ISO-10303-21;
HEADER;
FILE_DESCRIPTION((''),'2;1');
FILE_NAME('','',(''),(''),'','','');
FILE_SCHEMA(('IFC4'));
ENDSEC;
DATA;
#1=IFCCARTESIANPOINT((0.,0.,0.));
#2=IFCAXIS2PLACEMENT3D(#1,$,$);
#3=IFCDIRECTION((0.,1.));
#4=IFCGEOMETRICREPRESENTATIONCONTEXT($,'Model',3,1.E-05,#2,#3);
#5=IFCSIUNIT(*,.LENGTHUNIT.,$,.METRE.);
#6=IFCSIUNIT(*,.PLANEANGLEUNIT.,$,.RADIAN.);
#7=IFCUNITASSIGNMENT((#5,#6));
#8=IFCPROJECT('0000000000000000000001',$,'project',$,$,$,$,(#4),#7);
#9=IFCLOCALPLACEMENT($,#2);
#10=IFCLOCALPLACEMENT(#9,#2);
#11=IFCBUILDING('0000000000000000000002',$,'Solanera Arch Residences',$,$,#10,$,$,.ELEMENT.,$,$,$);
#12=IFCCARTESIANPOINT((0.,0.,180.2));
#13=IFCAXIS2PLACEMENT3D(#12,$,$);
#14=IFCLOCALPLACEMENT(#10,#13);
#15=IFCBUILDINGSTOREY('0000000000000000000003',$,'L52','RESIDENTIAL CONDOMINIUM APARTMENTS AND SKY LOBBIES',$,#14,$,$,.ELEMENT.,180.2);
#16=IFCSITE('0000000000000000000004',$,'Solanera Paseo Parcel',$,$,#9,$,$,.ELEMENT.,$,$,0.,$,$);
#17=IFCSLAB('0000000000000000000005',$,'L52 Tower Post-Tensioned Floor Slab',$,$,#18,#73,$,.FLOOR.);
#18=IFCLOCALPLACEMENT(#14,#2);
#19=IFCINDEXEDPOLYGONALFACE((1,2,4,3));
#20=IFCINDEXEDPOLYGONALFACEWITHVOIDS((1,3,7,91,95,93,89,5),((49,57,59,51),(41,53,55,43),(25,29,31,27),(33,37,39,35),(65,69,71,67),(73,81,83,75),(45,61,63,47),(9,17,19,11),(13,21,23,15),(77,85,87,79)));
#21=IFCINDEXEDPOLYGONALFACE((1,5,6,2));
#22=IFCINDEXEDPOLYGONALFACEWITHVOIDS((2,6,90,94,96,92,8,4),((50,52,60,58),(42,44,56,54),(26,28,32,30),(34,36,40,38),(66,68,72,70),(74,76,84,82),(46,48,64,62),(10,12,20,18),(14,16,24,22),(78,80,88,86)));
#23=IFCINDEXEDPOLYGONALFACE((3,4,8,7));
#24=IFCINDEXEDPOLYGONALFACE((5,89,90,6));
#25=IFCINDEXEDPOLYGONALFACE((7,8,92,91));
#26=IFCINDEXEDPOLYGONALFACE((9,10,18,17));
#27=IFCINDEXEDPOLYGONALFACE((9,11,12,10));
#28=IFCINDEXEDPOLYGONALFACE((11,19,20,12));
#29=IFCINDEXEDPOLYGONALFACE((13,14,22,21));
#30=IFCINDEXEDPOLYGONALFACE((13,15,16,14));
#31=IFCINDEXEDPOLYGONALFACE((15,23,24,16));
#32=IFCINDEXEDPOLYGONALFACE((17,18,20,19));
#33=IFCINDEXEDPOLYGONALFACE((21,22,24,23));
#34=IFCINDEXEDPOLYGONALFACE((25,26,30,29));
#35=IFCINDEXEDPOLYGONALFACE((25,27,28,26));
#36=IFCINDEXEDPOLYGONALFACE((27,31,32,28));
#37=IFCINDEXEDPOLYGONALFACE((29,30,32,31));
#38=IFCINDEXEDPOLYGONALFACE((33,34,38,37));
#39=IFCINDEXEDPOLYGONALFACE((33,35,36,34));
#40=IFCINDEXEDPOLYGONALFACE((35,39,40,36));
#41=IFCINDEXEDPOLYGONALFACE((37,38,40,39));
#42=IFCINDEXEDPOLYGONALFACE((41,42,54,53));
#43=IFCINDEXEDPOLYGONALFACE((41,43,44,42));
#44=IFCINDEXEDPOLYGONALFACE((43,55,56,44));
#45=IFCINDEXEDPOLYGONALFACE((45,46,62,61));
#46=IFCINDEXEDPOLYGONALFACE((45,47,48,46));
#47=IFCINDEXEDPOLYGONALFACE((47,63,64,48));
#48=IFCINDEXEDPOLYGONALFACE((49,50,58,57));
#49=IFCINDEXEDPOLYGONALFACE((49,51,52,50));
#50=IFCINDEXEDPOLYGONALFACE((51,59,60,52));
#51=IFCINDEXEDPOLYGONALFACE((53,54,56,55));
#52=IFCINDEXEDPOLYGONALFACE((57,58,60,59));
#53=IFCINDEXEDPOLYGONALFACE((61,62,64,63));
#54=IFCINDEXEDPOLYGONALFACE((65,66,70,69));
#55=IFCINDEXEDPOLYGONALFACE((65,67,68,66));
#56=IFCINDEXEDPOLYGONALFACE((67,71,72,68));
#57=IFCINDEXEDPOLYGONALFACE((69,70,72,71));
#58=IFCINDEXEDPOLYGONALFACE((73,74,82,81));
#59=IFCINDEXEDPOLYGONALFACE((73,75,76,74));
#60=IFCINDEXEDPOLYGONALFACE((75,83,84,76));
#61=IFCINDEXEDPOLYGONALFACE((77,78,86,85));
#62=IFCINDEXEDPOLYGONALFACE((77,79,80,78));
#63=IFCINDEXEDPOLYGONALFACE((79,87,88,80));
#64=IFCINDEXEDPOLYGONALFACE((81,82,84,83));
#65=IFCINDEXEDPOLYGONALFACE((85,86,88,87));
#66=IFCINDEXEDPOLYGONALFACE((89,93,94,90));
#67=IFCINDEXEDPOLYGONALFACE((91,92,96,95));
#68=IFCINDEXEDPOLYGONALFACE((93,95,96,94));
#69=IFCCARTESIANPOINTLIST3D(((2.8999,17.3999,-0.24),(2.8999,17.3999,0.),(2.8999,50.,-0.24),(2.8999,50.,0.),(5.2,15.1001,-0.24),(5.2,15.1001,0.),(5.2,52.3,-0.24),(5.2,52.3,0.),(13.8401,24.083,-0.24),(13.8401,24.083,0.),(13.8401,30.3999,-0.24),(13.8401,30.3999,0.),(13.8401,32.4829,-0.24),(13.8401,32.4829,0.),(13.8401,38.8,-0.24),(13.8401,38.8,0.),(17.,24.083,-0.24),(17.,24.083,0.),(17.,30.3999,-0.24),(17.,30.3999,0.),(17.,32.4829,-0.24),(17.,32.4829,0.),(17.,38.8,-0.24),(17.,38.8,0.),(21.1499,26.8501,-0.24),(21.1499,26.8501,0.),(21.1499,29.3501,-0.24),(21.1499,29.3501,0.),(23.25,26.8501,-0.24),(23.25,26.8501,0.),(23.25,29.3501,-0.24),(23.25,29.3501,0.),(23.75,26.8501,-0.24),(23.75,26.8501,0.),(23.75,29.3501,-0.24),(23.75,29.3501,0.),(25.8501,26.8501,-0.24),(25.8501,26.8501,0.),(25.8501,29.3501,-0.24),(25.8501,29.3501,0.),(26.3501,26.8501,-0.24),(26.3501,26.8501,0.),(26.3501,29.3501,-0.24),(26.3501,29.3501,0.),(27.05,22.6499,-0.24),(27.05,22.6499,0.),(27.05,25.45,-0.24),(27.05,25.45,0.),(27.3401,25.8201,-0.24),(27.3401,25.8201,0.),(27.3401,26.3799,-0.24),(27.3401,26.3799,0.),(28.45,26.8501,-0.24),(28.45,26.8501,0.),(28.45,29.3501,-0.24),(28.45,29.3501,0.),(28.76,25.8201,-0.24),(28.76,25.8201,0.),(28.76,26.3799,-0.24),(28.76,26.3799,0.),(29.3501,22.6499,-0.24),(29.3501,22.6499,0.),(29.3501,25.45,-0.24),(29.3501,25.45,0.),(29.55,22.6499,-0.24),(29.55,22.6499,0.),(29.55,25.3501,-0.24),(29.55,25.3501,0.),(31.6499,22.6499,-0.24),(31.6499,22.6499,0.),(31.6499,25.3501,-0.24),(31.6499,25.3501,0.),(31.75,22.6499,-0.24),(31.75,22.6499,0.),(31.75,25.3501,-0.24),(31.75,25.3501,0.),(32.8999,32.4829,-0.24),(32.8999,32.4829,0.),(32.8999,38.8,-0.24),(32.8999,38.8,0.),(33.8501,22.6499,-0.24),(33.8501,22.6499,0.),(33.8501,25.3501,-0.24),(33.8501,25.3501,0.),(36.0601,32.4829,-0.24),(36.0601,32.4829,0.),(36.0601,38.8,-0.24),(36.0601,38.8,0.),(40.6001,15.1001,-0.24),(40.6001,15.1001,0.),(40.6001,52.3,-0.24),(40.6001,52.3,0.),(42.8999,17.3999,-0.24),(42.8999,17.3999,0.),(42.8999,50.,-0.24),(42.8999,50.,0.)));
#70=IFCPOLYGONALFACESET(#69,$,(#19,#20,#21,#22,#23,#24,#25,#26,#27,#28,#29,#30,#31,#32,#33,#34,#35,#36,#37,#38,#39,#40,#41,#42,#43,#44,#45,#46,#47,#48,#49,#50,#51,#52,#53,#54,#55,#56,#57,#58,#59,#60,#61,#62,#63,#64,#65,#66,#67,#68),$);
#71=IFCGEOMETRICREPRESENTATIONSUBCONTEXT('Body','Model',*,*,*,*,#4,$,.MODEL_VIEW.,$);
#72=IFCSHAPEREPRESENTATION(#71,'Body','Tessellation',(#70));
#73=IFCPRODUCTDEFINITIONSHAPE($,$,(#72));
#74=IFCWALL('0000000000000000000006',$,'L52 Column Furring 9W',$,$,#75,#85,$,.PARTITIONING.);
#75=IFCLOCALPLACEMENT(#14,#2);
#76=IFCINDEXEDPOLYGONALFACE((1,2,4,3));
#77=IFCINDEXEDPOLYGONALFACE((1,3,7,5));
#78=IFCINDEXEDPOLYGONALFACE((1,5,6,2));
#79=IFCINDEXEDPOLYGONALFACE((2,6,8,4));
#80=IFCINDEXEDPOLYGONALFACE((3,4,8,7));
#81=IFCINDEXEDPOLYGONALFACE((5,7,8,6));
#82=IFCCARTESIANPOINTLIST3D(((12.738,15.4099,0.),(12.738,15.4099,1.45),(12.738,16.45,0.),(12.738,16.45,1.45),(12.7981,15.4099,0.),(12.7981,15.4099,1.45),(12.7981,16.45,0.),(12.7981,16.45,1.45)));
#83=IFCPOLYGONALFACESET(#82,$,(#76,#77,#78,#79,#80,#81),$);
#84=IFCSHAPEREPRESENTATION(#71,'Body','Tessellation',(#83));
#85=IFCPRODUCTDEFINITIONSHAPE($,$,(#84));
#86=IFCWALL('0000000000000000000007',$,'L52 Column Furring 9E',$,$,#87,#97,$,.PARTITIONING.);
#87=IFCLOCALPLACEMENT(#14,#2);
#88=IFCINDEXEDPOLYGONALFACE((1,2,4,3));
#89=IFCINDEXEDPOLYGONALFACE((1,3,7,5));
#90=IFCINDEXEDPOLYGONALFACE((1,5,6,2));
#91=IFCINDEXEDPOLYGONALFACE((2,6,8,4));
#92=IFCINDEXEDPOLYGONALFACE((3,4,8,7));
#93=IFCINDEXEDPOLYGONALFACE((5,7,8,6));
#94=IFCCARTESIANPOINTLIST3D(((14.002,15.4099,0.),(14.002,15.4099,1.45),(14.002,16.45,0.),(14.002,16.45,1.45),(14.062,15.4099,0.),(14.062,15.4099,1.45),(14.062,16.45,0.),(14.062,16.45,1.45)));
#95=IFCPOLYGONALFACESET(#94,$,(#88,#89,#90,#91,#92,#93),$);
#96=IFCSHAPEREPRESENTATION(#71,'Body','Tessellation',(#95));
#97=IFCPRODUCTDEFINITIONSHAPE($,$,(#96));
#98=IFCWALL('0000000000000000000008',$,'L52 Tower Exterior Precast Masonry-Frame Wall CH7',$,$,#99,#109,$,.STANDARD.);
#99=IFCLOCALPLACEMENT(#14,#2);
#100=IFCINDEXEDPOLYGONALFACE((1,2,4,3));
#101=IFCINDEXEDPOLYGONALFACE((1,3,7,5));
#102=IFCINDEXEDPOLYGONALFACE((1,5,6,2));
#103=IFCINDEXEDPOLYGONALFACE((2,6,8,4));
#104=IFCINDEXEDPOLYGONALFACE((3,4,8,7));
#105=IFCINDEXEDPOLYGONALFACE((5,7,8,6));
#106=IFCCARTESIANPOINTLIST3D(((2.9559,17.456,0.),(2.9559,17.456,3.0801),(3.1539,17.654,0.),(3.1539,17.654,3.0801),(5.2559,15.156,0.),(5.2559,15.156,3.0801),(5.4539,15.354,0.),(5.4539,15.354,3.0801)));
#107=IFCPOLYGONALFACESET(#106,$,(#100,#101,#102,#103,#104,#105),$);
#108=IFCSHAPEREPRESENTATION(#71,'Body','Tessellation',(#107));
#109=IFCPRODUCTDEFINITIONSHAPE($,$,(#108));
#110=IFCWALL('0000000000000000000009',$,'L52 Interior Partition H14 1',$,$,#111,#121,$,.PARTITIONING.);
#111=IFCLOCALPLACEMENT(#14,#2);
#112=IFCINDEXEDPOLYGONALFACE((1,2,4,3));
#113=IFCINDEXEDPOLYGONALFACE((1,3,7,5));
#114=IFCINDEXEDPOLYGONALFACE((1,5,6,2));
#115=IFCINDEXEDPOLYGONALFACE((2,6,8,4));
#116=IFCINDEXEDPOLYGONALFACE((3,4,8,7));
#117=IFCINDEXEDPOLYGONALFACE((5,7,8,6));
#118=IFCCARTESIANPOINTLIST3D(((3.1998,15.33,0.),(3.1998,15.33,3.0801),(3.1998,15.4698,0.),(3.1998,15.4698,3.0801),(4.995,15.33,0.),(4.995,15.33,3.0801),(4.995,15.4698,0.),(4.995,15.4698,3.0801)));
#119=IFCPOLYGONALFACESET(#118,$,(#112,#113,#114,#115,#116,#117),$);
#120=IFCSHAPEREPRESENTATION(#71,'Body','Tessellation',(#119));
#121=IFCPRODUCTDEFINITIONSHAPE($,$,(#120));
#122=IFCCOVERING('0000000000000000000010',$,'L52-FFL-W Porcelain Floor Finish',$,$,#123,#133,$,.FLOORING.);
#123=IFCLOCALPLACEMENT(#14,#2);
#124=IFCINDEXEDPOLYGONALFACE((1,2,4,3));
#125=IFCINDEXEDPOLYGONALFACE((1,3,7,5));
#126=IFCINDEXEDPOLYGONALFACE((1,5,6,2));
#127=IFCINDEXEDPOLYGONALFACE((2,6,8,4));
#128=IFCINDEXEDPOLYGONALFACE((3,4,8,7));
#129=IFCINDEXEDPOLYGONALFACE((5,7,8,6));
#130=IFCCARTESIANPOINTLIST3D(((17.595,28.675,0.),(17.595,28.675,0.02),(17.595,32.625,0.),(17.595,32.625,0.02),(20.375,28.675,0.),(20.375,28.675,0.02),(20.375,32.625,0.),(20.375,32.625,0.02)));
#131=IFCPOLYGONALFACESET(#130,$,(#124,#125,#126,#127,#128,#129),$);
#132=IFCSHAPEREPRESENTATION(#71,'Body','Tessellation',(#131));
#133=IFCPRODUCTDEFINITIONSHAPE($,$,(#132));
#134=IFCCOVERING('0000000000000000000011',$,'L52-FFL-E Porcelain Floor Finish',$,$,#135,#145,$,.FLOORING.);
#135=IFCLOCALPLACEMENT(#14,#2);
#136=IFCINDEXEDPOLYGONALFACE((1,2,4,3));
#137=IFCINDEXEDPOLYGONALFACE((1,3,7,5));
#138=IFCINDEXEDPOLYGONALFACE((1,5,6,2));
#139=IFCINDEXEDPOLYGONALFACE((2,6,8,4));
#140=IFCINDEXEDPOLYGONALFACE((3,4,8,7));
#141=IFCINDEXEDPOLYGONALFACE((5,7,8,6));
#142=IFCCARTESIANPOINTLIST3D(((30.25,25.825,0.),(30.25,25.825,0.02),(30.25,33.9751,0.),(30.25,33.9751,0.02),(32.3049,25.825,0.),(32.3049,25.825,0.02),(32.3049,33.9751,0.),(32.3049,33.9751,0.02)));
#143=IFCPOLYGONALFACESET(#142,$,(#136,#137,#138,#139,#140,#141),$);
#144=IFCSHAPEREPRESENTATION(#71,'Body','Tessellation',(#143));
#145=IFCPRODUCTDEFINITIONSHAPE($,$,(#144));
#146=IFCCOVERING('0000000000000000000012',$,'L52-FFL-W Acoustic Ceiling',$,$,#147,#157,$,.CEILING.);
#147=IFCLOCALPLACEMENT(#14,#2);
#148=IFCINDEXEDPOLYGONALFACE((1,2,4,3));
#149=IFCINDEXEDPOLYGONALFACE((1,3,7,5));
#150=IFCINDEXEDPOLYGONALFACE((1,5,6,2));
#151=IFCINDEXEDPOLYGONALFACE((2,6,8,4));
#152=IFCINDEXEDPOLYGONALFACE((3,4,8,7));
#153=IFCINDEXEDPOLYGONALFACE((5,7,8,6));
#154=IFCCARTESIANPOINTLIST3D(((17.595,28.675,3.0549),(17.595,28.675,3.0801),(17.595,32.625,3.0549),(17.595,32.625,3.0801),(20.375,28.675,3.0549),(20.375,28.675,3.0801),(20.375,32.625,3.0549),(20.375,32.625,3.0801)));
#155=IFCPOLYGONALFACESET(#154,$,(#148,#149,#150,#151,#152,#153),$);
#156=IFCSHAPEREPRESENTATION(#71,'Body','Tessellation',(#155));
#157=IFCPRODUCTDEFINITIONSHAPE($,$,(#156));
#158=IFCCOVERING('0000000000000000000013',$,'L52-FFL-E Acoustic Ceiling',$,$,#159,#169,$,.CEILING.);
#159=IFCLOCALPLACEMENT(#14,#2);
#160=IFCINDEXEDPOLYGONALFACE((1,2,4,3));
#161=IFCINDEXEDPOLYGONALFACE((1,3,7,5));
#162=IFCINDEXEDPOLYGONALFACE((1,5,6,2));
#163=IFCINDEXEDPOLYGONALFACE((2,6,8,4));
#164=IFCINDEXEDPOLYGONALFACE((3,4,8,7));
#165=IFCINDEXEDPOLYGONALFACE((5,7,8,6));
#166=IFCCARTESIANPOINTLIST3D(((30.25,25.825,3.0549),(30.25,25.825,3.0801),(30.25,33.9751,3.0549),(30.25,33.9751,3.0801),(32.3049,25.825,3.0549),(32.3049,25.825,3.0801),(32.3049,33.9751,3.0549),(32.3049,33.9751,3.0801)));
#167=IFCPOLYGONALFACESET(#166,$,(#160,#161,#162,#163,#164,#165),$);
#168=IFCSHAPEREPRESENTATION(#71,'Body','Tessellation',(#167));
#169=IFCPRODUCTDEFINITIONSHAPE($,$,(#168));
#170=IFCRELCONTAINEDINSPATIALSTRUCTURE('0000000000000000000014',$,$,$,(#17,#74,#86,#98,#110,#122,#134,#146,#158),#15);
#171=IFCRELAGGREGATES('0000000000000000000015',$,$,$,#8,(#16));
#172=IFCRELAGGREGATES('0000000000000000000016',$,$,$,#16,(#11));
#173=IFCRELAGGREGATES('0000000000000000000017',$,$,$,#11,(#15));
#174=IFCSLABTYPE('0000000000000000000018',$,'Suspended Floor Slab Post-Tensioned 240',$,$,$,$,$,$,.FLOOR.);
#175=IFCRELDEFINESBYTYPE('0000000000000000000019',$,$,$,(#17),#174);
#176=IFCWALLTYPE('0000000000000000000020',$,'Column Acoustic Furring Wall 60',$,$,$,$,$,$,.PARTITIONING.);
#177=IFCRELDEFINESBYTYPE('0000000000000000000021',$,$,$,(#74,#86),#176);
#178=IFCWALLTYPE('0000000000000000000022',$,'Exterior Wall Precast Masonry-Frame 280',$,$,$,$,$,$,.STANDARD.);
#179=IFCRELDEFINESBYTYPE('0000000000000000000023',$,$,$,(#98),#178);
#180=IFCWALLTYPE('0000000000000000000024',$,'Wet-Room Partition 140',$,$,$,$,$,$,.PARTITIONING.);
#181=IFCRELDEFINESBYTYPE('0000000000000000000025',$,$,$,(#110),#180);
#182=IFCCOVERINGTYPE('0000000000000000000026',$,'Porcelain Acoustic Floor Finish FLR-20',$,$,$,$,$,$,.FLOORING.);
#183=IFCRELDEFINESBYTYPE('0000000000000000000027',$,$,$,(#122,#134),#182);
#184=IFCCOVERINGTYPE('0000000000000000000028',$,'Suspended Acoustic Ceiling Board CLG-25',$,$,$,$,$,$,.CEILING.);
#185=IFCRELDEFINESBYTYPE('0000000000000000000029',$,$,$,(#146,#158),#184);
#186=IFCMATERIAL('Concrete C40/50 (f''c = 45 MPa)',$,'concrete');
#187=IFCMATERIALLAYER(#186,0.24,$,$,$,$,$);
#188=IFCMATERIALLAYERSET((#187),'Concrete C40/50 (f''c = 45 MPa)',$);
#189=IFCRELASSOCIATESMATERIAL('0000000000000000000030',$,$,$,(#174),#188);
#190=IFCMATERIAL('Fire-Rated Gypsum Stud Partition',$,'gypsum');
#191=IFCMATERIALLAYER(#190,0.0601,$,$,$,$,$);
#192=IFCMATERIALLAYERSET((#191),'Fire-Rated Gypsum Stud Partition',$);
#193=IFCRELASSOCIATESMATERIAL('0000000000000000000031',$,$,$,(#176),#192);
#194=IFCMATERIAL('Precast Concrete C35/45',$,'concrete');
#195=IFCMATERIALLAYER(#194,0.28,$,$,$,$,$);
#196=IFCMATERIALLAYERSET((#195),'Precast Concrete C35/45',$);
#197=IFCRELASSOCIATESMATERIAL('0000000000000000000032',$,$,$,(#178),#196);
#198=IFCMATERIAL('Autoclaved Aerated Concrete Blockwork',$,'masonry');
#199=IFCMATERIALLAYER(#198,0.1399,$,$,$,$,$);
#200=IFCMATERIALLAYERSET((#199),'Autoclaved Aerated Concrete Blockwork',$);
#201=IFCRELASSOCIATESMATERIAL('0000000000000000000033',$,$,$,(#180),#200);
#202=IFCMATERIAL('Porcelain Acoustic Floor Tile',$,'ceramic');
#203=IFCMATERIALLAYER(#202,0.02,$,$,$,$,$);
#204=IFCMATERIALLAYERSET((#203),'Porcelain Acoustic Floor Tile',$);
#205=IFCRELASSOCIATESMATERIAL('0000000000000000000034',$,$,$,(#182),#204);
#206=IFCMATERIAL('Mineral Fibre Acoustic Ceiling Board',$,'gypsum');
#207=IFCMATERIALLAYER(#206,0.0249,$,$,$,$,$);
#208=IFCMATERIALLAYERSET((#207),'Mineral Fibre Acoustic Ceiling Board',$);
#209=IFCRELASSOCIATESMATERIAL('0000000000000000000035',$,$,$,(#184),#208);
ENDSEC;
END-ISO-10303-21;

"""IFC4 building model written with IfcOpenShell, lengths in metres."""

from ifc_helpers import new_model, si_unit, direction, frame, frame_2d, origin, place, context, subcontext, project, spatial, polyline, rectangle, outline, extrude, material, layer, layer_set, type_object, element, save


model = new_model("IFC4")

# Units and contexts
model_context = context("Model", 3, precision=1e-05, world=origin(), true_north=direction((0.0, 1.0)))
body_context = subcontext(model_context, "Body", "Model", "MODEL_VIEW")
ifc_project = project(units=[si_unit("LENGTHUNIT", "METRE"), si_unit("PLANEANGLEUNIT", "RADIAN")], contexts=[model_context])

# Site, building, storey
site_placement = place(None, origin())
site = spatial("IfcSite", under=ifc_project, at=site_placement, Name="Solanera Paseo Parcel", CompositionType="ELEMENT", RefElevation=0.0)
building_placement = place(site_placement, origin())
building = spatial("IfcBuilding", under=site, at=building_placement, Name="Solanera Arch Residences", CompositionType="ELEMENT")
storey_placement = place(building_placement, frame((0.0, 0.0, 180.2)))
storey = spatial("IfcBuildingStorey", under=building, at=storey_placement, Name="L52", Description="RESIDENTIAL CONDOMINIUM APARTMENTS AND SKY LOBBIES", CompositionType="ELEMENT", Elevation=180.2)

# Slab
ifc_material_1 = material(Name="Concrete C40/50 (f'c = 45 MPa)", Category="concrete")
ifc_layer_1 = layer(ifc_material_1, 0.24)
ifc_layer_set_1 = layer_set([ifc_layer_1], Name="Concrete C40/50 (f'c = 45 MPa)")
slab_type_1 = type_object("IfcSlabType", Name="Suspended Floor Slab Post-Tensioned 240", PredefinedType="FLOOR", material=ifc_layer_set_1)
slab_1_placement = place(storey_placement, frame((0.0, 0.0, -0.24)))
element("IfcSlab", 1, at=slab_1_placement, inside=storey, type_object=slab_type_1, Name="L52 Tower Post-Tensioned Floor Slab", PredefinedType="FLOOR", context=body_context, shape_type="SweptSolid", body=[
    extrude(outline(polyline([(5.2, 15.1001), (40.6001, 15.1001), (42.8999, 17.3999), (42.8999, 50.0), (40.6001, 52.3), (5.2, 52.3), (2.8999, 50.0), (2.8999, 17.3999), (5.2, 15.1001)]), holes=[polyline([(13.8401, 32.4829), (13.8401, 38.8), (17.0, 38.8), (17.0, 32.4829), (13.8401, 32.4829)]), polyline([(32.8999, 32.4829), (32.8999, 38.8), (36.0601, 38.8), (36.0601, 32.4829), (32.8999, 32.4829)]), polyline([(13.8401, 24.083), (13.8401, 30.3999), (17.0, 30.3999), (17.0, 24.083), (13.8401, 24.083)]), polyline([(21.1499, 29.3501), (23.25, 29.3501), (23.25, 26.8501), (21.1499, 26.8501), (21.1499, 29.3501)]), polyline([(23.75, 29.3501), (25.8501, 29.3501), (25.8501, 26.8501), (23.75, 26.8501), (23.75, 29.3501)]), polyline([(26.3501, 29.3501), (28.45, 29.3501), (28.45, 26.8501), (26.3501, 26.8501), (26.3501, 29.3501)]), polyline([(29.55, 25.3501), (31.6499, 25.3501), (31.6499, 22.6499), (29.55, 22.6499), (29.55, 25.3501)]), polyline([(31.75, 25.3501), (33.8501, 25.3501), (33.8501, 22.6499), (31.75, 22.6499), (31.75, 25.3501)]), polyline([(27.05, 25.45), (29.3501, 25.45), (29.3501, 22.6499), (27.05, 22.6499), (27.05, 25.45)]), polyline([(27.3401, 26.3799), (28.76, 26.3799), (28.76, 25.8201), (27.3401, 25.8201), (27.3401, 26.3799)])]), origin(), (0.0, 0.0, 1.0), 0.24),
])

# Walls
ifc_material_2 = material(Name="Fire-Rated Gypsum Stud Partition", Category="gypsum")
ifc_layer_2 = layer(ifc_material_2, 0.0601)
ifc_layer_set_2 = layer_set([ifc_layer_2], Name="Fire-Rated Gypsum Stud Partition")
wall_type_1 = type_object("IfcWallType", Name="Column Acoustic Furring Wall 60", PredefinedType="PARTITIONING", material=ifc_layer_set_2)
for number, where, z_axis, x_axis, name in (
    (2, (12.7681, 15.4099, 0.0), (0.0, 0.0, 1.0), (0.0, 1.0, 0.0), "L52 Column Furring 9W"),
    (3, (14.032, 15.4099, 0.0), (0.0, 0.0, 1.0), (0.0, 1.0, 0.0), "L52 Column Furring 9E"),
):
    element("IfcWall", number, at=place(storey_placement, frame(where, z_axis=z_axis, x_axis=x_axis)), inside=storey, type_object=wall_type_1, Name=name, PredefinedType="PARTITIONING", context=body_context, shape_type="SweptSolid", body=[
        extrude(rectangle(XDim=1.04, YDim=0.0601, at=frame_2d((0.52, 0.0))), origin(), (0.0, 0.0, 1.0), 1.45),
    ])
ifc_material_3 = material(Name="Precast Concrete C35/45", Category="concrete")
ifc_layer_3 = layer(ifc_material_3, 0.28)
ifc_layer_set_3 = layer_set([ifc_layer_3], Name="Precast Concrete C35/45")
wall_type_2 = type_object("IfcWallType", Name="Exterior Wall Precast Masonry-Frame 280", PredefinedType="STANDARD", material=ifc_layer_set_3)
wall_1_placement = place(storey_placement, frame((5.355, 15.2549, 0.0), z_axis=(0.0, 0.0, 1.0), x_axis=(-0.707107, 0.707107, 0.0)))
element("IfcWall", 4, at=wall_1_placement, inside=storey, type_object=wall_type_2, Name="L52 Tower Exterior Precast Masonry-Frame Wall CH7", PredefinedType="STANDARD", context=body_context, shape_type="SweptSolid", body=[
    extrude(rectangle(XDim=3.2527, YDim=0.28, at=frame_2d((1.6265, 0.0))), origin(), (0.0, 0.0, 1.0), 3.0801),
])
ifc_material_4 = material(Name="Autoclaved Aerated Concrete Blockwork", Category="masonry")
ifc_layer_4 = layer(ifc_material_4, 0.1399)
ifc_layer_set_4 = layer_set([ifc_layer_4], Name="Autoclaved Aerated Concrete Blockwork")
wall_type_3 = type_object("IfcWallType", Name="Wet-Room Partition 140", PredefinedType="PARTITIONING", material=ifc_layer_set_4)
wall_2_placement = place(storey_placement, frame((3.2, 15.3999, 0.0), z_axis=(0.0, 0.0, 1.0), x_axis=(1.0, 0.0, 0.0)))
element("IfcWall", 5, at=wall_2_placement, inside=storey, type_object=wall_type_3, Name="L52 Interior Partition H14 1", PredefinedType="PARTITIONING", context=body_context, shape_type="SweptSolid", body=[
    extrude(rectangle(XDim=1.7952, YDim=0.1399, at=frame_2d((0.8975, 0.0))), origin(), (0.0, 0.0, 1.0), 3.0801),
])

# Coverings
ifc_material_5 = material(Name="Porcelain Acoustic Floor Tile", Category="ceramic")
ifc_layer_5 = layer(ifc_material_5, 0.02)
ifc_layer_set_5 = layer_set([ifc_layer_5], Name="Porcelain Acoustic Floor Tile")
covering_type_1 = type_object("IfcCoveringType", Name="Porcelain Acoustic Floor Finish FLR-20", PredefinedType="FLOORING", material=ifc_layer_set_5)
covering_1_placement = place(storey_placement, origin())
element("IfcCovering", 6, at=covering_1_placement, inside=storey, type_object=covering_type_1, Name="L52-FFL-W Porcelain Floor Finish", PredefinedType="FLOORING", context=body_context, shape_type="SweptSolid", body=[
    extrude(outline(polyline([(20.375, 28.675), (17.595, 28.675), (17.595, 32.625), (20.375, 32.625), (20.375, 28.675)])), origin(), (0.0, 0.0, 1.0), 0.02),
])
covering_2_placement = place(storey_placement, origin())
element("IfcCovering", 7, at=covering_2_placement, inside=storey, type_object=covering_type_1, Name="L52-FFL-E Porcelain Floor Finish", PredefinedType="FLOORING", context=body_context, shape_type="SweptSolid", body=[
    extrude(outline(polyline([(32.3049, 25.825), (30.25, 25.825), (30.25, 33.9751), (32.3049, 33.9751), (32.3049, 25.825)])), origin(), (0.0, 0.0, 1.0), 0.02),
])
ifc_material_6 = material(Name="Mineral Fibre Acoustic Ceiling Board", Category="gypsum")
ifc_layer_6 = layer(ifc_material_6, 0.0249)
ifc_layer_set_6 = layer_set([ifc_layer_6], Name="Mineral Fibre Acoustic Ceiling Board")
covering_type_2 = type_object("IfcCoveringType", Name="Suspended Acoustic Ceiling Board CLG-25", PredefinedType="CEILING", material=ifc_layer_set_6)
covering_3_placement = place(storey_placement, frame((0.0, 0.0, 3.0549)))
element("IfcCovering", 8, at=covering_3_placement, inside=storey, type_object=covering_type_2, Name="L52-FFL-W Acoustic Ceiling", PredefinedType="CEILING", context=body_context, shape_type="SweptSolid", body=[
    extrude(outline(polyline([(20.375, 28.675), (17.595, 28.675), (17.595, 32.625), (20.375, 32.625), (20.375, 28.675)])), origin(), (0.0, 0.0, 1.0), 0.0251),
])
covering_4_placement = place(storey_placement, frame((0.0, 0.0, 3.0549)))
element("IfcCovering", 9, at=covering_4_placement, inside=storey, type_object=covering_type_2, Name="L52-FFL-E Acoustic Ceiling", PredefinedType="CEILING", context=body_context, shape_type="SweptSolid", body=[
    extrude(outline(polyline([(32.3049, 25.825), (30.25, 25.825), (30.25, 33.9751), (32.3049, 33.9751), (32.3049, 25.825)])), origin(), (0.0, 0.0, 1.0), 0.0251),
])

save(model, "model.ifc")
